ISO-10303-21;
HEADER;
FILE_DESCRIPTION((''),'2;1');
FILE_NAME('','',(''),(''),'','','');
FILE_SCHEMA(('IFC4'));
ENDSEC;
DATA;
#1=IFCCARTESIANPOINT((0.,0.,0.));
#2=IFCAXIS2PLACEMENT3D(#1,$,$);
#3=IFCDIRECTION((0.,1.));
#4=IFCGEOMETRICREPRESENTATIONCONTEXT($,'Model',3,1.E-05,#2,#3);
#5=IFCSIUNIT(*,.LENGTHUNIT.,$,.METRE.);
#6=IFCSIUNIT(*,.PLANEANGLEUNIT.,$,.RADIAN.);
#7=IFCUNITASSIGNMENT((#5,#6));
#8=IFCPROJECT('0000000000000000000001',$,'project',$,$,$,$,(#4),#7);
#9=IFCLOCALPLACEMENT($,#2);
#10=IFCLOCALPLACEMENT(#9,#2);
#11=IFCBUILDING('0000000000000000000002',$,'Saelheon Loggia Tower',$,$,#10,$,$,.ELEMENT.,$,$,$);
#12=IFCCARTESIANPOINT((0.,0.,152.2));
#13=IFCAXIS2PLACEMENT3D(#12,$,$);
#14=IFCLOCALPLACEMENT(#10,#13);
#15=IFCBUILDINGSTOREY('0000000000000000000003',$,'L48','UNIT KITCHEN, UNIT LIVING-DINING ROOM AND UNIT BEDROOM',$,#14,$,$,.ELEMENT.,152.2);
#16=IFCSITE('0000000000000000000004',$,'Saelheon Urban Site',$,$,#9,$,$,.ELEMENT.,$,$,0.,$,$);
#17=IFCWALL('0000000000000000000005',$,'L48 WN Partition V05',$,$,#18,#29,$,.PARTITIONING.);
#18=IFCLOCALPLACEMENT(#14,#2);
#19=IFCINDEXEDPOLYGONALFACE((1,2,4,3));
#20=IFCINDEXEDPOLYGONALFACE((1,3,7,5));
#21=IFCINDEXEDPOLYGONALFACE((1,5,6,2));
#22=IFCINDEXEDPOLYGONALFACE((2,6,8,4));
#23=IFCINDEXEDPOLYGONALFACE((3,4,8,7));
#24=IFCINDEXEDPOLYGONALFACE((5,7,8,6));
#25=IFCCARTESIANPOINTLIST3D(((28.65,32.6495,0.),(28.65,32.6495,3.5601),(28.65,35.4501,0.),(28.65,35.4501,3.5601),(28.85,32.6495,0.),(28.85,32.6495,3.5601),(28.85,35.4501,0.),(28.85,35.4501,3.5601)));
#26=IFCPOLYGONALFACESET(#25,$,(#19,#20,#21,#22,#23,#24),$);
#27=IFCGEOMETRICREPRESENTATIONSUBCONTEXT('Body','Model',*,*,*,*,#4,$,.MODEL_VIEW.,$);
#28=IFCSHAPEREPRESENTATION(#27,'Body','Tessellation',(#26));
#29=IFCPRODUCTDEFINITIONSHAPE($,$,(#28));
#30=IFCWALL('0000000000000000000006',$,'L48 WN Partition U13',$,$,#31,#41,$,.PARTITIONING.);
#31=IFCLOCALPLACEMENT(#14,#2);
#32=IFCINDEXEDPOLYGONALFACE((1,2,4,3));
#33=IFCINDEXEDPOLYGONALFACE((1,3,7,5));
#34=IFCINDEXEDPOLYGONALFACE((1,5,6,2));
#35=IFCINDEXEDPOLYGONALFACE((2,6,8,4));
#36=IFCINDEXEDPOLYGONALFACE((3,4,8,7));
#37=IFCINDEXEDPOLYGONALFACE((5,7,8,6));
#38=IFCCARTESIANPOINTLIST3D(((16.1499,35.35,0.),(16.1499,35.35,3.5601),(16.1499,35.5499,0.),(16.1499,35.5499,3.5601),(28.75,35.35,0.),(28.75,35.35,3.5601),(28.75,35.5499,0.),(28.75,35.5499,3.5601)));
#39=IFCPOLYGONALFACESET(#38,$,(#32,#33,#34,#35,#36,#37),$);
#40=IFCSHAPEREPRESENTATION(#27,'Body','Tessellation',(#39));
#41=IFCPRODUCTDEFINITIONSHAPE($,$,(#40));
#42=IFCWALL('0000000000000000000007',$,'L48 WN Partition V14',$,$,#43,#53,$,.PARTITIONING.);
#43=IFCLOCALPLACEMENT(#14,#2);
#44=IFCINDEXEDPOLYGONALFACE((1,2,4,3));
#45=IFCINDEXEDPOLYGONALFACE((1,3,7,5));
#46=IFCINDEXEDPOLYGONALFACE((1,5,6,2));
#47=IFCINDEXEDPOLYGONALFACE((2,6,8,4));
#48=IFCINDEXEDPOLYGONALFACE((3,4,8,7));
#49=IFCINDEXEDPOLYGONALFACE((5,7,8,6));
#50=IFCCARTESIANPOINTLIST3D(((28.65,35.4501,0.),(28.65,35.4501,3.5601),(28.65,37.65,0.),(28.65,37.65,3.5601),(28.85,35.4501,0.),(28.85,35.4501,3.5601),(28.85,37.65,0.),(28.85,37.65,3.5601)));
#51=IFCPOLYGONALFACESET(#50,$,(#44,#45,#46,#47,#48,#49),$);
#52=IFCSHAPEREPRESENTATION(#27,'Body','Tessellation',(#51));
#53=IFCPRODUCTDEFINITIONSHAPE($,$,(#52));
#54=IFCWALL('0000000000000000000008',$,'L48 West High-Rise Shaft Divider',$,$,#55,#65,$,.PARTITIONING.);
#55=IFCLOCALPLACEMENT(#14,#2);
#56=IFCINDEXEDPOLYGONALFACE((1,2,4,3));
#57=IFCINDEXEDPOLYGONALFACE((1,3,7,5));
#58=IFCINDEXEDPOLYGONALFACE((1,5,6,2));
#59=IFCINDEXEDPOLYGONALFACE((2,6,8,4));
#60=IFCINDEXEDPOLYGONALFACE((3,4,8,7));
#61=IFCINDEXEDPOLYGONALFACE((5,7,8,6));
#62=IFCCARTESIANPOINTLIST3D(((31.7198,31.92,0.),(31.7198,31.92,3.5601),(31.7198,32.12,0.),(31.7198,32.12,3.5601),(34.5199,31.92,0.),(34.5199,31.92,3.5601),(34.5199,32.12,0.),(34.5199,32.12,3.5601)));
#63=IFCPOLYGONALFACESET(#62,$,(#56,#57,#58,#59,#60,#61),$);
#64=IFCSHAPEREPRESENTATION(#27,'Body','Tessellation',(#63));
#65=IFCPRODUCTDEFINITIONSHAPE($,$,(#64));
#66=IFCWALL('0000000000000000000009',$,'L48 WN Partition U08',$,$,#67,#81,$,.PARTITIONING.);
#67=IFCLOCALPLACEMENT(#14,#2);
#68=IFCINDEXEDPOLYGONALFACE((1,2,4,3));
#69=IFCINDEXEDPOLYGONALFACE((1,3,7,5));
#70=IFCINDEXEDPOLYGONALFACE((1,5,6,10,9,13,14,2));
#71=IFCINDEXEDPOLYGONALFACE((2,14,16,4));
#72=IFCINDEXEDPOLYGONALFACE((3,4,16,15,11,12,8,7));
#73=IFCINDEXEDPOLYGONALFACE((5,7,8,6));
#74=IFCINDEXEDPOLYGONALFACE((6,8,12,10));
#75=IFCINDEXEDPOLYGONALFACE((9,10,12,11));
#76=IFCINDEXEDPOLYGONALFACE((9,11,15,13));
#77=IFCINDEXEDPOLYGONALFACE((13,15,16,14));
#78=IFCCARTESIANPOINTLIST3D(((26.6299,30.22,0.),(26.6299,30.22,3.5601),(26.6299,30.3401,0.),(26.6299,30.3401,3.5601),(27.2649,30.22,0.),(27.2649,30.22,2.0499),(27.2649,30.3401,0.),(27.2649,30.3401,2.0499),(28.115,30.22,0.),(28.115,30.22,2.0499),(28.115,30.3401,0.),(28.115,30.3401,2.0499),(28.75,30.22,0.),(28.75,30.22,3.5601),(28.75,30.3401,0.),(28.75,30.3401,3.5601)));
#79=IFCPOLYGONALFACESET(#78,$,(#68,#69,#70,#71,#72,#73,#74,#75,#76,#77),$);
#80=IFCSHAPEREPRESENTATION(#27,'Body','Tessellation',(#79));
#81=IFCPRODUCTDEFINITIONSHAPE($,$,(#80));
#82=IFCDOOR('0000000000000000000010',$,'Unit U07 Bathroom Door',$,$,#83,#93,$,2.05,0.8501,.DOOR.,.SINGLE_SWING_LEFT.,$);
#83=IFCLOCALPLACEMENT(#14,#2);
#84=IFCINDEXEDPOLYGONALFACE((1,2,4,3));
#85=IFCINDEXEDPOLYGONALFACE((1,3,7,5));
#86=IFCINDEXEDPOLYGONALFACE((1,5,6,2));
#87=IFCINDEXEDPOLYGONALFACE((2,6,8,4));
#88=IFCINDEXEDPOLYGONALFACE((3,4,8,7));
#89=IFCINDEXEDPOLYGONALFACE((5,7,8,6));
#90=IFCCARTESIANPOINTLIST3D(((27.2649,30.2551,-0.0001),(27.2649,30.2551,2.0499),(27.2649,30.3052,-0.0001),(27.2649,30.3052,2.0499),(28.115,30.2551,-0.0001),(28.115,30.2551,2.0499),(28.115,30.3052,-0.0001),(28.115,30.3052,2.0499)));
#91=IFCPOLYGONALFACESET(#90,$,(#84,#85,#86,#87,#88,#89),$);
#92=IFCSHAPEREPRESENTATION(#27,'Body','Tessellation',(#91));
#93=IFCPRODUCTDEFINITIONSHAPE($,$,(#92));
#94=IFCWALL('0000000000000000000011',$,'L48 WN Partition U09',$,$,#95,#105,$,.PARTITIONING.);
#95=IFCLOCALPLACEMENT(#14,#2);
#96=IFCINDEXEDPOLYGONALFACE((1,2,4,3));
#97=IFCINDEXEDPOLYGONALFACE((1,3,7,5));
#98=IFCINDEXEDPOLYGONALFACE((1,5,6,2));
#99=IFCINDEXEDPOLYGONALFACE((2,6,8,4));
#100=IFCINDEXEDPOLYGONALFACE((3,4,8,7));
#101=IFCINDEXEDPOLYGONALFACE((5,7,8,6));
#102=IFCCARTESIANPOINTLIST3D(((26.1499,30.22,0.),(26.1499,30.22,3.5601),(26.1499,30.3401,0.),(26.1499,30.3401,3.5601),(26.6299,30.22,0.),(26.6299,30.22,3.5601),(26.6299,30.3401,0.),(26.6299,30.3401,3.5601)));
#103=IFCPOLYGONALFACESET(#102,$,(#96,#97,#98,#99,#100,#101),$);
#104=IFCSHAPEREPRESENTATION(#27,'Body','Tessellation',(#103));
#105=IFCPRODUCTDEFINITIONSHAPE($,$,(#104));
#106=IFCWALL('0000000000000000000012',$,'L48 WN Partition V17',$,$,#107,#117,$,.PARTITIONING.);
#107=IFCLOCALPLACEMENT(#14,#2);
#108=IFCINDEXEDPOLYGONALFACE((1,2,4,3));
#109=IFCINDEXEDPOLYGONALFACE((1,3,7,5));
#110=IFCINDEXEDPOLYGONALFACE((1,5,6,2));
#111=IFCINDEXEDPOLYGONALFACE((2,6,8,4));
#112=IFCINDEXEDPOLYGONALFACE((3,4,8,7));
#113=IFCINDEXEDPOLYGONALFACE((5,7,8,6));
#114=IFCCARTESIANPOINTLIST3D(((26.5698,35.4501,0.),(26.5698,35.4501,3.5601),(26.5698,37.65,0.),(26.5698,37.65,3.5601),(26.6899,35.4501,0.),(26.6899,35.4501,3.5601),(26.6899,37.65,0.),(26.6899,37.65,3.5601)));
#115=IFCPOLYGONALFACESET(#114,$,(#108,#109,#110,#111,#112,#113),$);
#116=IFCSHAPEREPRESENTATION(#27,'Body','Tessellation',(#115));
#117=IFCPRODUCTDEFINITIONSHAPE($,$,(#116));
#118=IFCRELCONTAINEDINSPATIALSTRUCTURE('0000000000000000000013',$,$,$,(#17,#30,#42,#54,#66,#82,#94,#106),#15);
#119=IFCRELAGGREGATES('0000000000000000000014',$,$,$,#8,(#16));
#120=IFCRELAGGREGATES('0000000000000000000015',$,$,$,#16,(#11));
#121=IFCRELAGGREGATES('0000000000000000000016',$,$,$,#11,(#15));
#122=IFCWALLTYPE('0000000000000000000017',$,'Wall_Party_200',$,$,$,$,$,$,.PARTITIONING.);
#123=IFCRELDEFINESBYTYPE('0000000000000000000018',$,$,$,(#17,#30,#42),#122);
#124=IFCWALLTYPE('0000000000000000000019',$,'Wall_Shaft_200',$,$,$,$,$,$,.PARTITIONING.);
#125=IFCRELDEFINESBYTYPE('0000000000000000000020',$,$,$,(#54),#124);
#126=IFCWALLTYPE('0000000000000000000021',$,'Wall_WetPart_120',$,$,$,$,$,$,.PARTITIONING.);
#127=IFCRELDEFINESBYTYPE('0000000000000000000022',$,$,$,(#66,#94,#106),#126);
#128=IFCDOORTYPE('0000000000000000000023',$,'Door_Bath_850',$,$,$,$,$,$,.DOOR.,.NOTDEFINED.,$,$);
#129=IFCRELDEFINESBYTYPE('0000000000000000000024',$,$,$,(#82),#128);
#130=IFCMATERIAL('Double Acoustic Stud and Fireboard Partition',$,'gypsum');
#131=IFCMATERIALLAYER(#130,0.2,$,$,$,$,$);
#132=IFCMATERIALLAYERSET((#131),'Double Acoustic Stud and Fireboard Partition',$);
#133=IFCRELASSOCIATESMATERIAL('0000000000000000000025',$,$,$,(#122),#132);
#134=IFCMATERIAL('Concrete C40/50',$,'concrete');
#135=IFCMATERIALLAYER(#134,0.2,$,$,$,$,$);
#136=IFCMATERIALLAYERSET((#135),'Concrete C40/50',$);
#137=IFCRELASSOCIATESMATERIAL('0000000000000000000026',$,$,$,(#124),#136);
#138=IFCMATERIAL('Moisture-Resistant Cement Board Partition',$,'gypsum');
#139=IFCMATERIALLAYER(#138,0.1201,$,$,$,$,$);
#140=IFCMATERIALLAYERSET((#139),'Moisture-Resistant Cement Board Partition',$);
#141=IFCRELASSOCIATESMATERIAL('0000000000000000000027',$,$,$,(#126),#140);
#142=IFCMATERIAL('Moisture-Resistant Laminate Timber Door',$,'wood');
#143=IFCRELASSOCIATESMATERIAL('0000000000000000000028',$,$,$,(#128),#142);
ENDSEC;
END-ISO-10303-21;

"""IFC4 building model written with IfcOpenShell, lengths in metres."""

from ifc_helpers import new_model, si_unit, direction, frame, frame_2d, origin, place, context, subcontext, project, spatial, rectangle, extrude, source, transform, mapped, material, layer, layer_set, type_object, element, fill, save


model = new_model("IFC4")

# Units and contexts
model_context = context("Model", 3, precision=1e-05, world=origin(), true_north=direction((0.0, 1.0)))
body_context = subcontext(model_context, "Body", "Model", "MODEL_VIEW")
ifc_project = project(units=[si_unit("LENGTHUNIT", "METRE"), si_unit("PLANEANGLEUNIT", "RADIAN")], contexts=[model_context])

# Site, building, storey
site_placement = place(None, origin())
site = spatial("IfcSite", under=ifc_project, at=site_placement, Name="Saelheon Urban Site", CompositionType="ELEMENT", RefElevation=0.0)
building_placement = place(site_placement, origin())
building = spatial("IfcBuilding", under=site, at=building_placement, Name="Saelheon Loggia Tower", CompositionType="ELEMENT")
storey_placement = place(building_placement, frame((0.0, 0.0, 152.2)))
storey = spatial("IfcBuildingStorey", under=building, at=storey_placement, Name="L48", Description="UNIT KITCHEN, UNIT LIVING-DINING ROOM AND UNIT BEDROOM", CompositionType="ELEMENT", Elevation=152.2)

# Shared definitions
ifc_material_1 = material(Name="Double Acoustic Stud and Fireboard Partition", Category="gypsum")
ifc_layer_1 = layer(ifc_material_1, 0.2)
ifc_layer_set_1 = layer_set([ifc_layer_1], Name="Double Acoustic Stud and Fireboard Partition")
wall_type_1 = type_object("IfcWallType", Name="Wall_Party_200", PredefinedType="PARTITIONING", material=ifc_layer_set_1)

# Walls
wall_1_placement = place(storey_placement, frame((28.75, 32.6494, 0.0), z_axis=(0.0, 0.0, 1.0), x_axis=(0.0, 1.0, 0.0)))
element("IfcWall", 1, at=wall_1_placement, inside=storey, type_object=wall_type_1, Name="L48 WN Partition V05", PredefinedType="PARTITIONING", context=body_context, shape_type="SweptSolid", body=[
    extrude(rectangle(XDim=2.8005, YDim=0.2, at=frame_2d((1.4004, 0.0))), origin(), (0.0, 0.0, 1.0), 3.5601),
])
wall_2_placement = place(storey_placement, frame((28.75, 35.45, 0.0), z_axis=(0.0, 0.0, 1.0), x_axis=(-1.0, 0.0, 0.0)))
element("IfcWall", 2, at=wall_2_placement, inside=storey, type_object=wall_type_1, Name="L48 WN Partition U13", PredefinedType="PARTITIONING", context=body_context, shape_type="SweptSolid", body=[
    extrude(rectangle(XDim=12.6001, YDim=0.2, at=frame_2d((6.3, 0.0))), origin(), (0.0, 0.0, 1.0), 3.5601),
])
wall_3_placement = place(storey_placement, frame((28.75, 35.45, 0.0), z_axis=(0.0, 0.0, 1.0), x_axis=(0.0, 1.0, 0.0)))
element("IfcWall", 3, at=wall_3_placement, inside=storey, type_object=wall_type_1, Name="L48 WN Partition V14", PredefinedType="PARTITIONING", context=body_context, shape_type="SweptSolid", body=[
    extrude(rectangle(XDim=2.2, YDim=0.2, at=frame_2d((1.1001, 0.0))), origin(), (0.0, 0.0, 1.0), 3.5601),
])
ifc_material_2 = material(Name="Concrete C40/50", Category="concrete")
ifc_layer_2 = layer(ifc_material_2, 0.2)
ifc_layer_set_2 = layer_set([ifc_layer_2], Name="Concrete C40/50")
wall_type_2 = type_object("IfcWallType", Name="Wall_Shaft_200", PredefinedType="PARTITIONING", material=ifc_layer_set_2)
wall_4_placement = place(storey_placement, frame((31.72, 32.02, 0.0), z_axis=(0.0, 0.0, 1.0), x_axis=(1.0, 0.0, 0.0)))
element("IfcWall", 4, at=wall_4_placement, inside=storey, type_object=wall_type_2, Name="L48 West High-Rise Shaft Divider", PredefinedType="PARTITIONING", context=body_context, shape_type="SweptSolid", body=[
    extrude(rectangle(XDim=2.8, YDim=0.2, at=frame_2d((1.3999, 0.0))), origin(), (0.0, 0.0, 1.0), 3.5601),
])

# Wall, opening, door
ifc_material_3 = material(Name="Moisture-Resistant Cement Board Partition", Category="gypsum")
ifc_layer_3 = layer(ifc_material_3, 0.1201)
ifc_layer_set_3 = layer_set([ifc_layer_3], Name="Moisture-Resistant Cement Board Partition")
wall_type_3 = type_object("IfcWallType", Name="Wall_WetPart_120", PredefinedType="PARTITIONING", material=ifc_layer_set_3)
wall_5_placement = place(storey_placement, frame((28.75, 30.28, 0.0), z_axis=(0.0, 0.0, 1.0), x_axis=(-1.0, 0.0, 0.0)))
wall_5 = element("IfcWall", 5, at=wall_5_placement, inside=storey, type_object=wall_type_3, Name="L48 WN Partition U08", PredefinedType="PARTITIONING", context=body_context, shape_type="SweptSolid", body=[
    extrude(rectangle(XDim=2.1201, YDim=0.1201, at=frame_2d((1.0601, 0.0))), origin(), (0.0, 0.0, 1.0), 3.5601),
])
opening_1_placement = place(wall_5_placement, frame((0.635, 0.0, 0.0)))
opening_1 = element("IfcOpeningElement", 6, at=opening_1_placement, cuts=wall_5, PredefinedType="OPENING", context=body_context, shape_type="SweptSolid", body=[
    extrude(rectangle(XDim=0.8501, YDim=2.05, at=frame_2d((0.425, 1.0249))), frame((0.0, 0.072, 0.0), z_axis=(0.0, -1.0, 0.0), x_axis=(1.0, 0.0, 0.0)), (0.0, 0.0, 1.0), 0.144),
])
ifc_material_4 = material(Name="Moisture-Resistant Laminate Timber Door", Category="wood")
door_type_1 = type_object("IfcDoorType", Name="Door_Bath_850", OperationType="NOTDEFINED", PredefinedType="DOOR", material=ifc_material_4)
shared_shape_1 = source(origin(), body_context, "Body", "SweptSolid", [
    extrude(rectangle(XDim=0.8501, YDim=2.05, at=frame_2d((0.425, 1.0249))), frame((0.0, 0.0249, 0.0), z_axis=(0.0, -1.0, 0.0), x_axis=(1.0, 0.0, 0.0)), (0.0, 0.0, 1.0), 0.05),
])
door_1_placement = place(opening_1_placement, origin())
door_1 = element("IfcDoor", 7, at=door_1_placement, inside=storey, type_object=door_type_1, Name="Unit U07 Bathroom Door", OperationType="SINGLE_SWING_LEFT", OverallHeight=2.05, OverallWidth=0.8501, PredefinedType="DOOR", context=body_context, shape_type="MappedRepresentation", body=[
    mapped(shared_shape_1, transform((0.0, 0.0, 0.0), scale=1.0)),
])
fill(opening_1, door_1)

# Walls
wall_6_placement = place(storey_placement, frame((26.6299, 30.28, 0.0), z_axis=(0.0, 0.0, 1.0), x_axis=(-1.0, 0.0, 0.0)))
element("IfcWall", 8, at=wall_6_placement, inside=storey, type_object=wall_type_3, Name="L48 WN Partition U09", PredefinedType="PARTITIONING", context=body_context, shape_type="SweptSolid", body=[
    extrude(rectangle(XDim=0.48, YDim=0.1201, at=frame_2d((0.24, 0.0))), origin(), (0.0, 0.0, 1.0), 3.5601),
])
wall_7_placement = place(storey_placement, frame((26.6299, 35.45, 0.0), z_axis=(0.0, 0.0, 1.0), x_axis=(0.0, 1.0, 0.0)))
element("IfcWall", 9, at=wall_7_placement, inside=storey, type_object=wall_type_3, Name="L48 WN Partition V17", PredefinedType="PARTITIONING", context=body_context, shape_type="SweptSolid", body=[
    extrude(rectangle(XDim=2.2, YDim=0.1201, at=frame_2d((1.1001, 0.0))), origin(), (0.0, 0.0, 1.0), 3.5601),
])

save(model, "model.ifc")
